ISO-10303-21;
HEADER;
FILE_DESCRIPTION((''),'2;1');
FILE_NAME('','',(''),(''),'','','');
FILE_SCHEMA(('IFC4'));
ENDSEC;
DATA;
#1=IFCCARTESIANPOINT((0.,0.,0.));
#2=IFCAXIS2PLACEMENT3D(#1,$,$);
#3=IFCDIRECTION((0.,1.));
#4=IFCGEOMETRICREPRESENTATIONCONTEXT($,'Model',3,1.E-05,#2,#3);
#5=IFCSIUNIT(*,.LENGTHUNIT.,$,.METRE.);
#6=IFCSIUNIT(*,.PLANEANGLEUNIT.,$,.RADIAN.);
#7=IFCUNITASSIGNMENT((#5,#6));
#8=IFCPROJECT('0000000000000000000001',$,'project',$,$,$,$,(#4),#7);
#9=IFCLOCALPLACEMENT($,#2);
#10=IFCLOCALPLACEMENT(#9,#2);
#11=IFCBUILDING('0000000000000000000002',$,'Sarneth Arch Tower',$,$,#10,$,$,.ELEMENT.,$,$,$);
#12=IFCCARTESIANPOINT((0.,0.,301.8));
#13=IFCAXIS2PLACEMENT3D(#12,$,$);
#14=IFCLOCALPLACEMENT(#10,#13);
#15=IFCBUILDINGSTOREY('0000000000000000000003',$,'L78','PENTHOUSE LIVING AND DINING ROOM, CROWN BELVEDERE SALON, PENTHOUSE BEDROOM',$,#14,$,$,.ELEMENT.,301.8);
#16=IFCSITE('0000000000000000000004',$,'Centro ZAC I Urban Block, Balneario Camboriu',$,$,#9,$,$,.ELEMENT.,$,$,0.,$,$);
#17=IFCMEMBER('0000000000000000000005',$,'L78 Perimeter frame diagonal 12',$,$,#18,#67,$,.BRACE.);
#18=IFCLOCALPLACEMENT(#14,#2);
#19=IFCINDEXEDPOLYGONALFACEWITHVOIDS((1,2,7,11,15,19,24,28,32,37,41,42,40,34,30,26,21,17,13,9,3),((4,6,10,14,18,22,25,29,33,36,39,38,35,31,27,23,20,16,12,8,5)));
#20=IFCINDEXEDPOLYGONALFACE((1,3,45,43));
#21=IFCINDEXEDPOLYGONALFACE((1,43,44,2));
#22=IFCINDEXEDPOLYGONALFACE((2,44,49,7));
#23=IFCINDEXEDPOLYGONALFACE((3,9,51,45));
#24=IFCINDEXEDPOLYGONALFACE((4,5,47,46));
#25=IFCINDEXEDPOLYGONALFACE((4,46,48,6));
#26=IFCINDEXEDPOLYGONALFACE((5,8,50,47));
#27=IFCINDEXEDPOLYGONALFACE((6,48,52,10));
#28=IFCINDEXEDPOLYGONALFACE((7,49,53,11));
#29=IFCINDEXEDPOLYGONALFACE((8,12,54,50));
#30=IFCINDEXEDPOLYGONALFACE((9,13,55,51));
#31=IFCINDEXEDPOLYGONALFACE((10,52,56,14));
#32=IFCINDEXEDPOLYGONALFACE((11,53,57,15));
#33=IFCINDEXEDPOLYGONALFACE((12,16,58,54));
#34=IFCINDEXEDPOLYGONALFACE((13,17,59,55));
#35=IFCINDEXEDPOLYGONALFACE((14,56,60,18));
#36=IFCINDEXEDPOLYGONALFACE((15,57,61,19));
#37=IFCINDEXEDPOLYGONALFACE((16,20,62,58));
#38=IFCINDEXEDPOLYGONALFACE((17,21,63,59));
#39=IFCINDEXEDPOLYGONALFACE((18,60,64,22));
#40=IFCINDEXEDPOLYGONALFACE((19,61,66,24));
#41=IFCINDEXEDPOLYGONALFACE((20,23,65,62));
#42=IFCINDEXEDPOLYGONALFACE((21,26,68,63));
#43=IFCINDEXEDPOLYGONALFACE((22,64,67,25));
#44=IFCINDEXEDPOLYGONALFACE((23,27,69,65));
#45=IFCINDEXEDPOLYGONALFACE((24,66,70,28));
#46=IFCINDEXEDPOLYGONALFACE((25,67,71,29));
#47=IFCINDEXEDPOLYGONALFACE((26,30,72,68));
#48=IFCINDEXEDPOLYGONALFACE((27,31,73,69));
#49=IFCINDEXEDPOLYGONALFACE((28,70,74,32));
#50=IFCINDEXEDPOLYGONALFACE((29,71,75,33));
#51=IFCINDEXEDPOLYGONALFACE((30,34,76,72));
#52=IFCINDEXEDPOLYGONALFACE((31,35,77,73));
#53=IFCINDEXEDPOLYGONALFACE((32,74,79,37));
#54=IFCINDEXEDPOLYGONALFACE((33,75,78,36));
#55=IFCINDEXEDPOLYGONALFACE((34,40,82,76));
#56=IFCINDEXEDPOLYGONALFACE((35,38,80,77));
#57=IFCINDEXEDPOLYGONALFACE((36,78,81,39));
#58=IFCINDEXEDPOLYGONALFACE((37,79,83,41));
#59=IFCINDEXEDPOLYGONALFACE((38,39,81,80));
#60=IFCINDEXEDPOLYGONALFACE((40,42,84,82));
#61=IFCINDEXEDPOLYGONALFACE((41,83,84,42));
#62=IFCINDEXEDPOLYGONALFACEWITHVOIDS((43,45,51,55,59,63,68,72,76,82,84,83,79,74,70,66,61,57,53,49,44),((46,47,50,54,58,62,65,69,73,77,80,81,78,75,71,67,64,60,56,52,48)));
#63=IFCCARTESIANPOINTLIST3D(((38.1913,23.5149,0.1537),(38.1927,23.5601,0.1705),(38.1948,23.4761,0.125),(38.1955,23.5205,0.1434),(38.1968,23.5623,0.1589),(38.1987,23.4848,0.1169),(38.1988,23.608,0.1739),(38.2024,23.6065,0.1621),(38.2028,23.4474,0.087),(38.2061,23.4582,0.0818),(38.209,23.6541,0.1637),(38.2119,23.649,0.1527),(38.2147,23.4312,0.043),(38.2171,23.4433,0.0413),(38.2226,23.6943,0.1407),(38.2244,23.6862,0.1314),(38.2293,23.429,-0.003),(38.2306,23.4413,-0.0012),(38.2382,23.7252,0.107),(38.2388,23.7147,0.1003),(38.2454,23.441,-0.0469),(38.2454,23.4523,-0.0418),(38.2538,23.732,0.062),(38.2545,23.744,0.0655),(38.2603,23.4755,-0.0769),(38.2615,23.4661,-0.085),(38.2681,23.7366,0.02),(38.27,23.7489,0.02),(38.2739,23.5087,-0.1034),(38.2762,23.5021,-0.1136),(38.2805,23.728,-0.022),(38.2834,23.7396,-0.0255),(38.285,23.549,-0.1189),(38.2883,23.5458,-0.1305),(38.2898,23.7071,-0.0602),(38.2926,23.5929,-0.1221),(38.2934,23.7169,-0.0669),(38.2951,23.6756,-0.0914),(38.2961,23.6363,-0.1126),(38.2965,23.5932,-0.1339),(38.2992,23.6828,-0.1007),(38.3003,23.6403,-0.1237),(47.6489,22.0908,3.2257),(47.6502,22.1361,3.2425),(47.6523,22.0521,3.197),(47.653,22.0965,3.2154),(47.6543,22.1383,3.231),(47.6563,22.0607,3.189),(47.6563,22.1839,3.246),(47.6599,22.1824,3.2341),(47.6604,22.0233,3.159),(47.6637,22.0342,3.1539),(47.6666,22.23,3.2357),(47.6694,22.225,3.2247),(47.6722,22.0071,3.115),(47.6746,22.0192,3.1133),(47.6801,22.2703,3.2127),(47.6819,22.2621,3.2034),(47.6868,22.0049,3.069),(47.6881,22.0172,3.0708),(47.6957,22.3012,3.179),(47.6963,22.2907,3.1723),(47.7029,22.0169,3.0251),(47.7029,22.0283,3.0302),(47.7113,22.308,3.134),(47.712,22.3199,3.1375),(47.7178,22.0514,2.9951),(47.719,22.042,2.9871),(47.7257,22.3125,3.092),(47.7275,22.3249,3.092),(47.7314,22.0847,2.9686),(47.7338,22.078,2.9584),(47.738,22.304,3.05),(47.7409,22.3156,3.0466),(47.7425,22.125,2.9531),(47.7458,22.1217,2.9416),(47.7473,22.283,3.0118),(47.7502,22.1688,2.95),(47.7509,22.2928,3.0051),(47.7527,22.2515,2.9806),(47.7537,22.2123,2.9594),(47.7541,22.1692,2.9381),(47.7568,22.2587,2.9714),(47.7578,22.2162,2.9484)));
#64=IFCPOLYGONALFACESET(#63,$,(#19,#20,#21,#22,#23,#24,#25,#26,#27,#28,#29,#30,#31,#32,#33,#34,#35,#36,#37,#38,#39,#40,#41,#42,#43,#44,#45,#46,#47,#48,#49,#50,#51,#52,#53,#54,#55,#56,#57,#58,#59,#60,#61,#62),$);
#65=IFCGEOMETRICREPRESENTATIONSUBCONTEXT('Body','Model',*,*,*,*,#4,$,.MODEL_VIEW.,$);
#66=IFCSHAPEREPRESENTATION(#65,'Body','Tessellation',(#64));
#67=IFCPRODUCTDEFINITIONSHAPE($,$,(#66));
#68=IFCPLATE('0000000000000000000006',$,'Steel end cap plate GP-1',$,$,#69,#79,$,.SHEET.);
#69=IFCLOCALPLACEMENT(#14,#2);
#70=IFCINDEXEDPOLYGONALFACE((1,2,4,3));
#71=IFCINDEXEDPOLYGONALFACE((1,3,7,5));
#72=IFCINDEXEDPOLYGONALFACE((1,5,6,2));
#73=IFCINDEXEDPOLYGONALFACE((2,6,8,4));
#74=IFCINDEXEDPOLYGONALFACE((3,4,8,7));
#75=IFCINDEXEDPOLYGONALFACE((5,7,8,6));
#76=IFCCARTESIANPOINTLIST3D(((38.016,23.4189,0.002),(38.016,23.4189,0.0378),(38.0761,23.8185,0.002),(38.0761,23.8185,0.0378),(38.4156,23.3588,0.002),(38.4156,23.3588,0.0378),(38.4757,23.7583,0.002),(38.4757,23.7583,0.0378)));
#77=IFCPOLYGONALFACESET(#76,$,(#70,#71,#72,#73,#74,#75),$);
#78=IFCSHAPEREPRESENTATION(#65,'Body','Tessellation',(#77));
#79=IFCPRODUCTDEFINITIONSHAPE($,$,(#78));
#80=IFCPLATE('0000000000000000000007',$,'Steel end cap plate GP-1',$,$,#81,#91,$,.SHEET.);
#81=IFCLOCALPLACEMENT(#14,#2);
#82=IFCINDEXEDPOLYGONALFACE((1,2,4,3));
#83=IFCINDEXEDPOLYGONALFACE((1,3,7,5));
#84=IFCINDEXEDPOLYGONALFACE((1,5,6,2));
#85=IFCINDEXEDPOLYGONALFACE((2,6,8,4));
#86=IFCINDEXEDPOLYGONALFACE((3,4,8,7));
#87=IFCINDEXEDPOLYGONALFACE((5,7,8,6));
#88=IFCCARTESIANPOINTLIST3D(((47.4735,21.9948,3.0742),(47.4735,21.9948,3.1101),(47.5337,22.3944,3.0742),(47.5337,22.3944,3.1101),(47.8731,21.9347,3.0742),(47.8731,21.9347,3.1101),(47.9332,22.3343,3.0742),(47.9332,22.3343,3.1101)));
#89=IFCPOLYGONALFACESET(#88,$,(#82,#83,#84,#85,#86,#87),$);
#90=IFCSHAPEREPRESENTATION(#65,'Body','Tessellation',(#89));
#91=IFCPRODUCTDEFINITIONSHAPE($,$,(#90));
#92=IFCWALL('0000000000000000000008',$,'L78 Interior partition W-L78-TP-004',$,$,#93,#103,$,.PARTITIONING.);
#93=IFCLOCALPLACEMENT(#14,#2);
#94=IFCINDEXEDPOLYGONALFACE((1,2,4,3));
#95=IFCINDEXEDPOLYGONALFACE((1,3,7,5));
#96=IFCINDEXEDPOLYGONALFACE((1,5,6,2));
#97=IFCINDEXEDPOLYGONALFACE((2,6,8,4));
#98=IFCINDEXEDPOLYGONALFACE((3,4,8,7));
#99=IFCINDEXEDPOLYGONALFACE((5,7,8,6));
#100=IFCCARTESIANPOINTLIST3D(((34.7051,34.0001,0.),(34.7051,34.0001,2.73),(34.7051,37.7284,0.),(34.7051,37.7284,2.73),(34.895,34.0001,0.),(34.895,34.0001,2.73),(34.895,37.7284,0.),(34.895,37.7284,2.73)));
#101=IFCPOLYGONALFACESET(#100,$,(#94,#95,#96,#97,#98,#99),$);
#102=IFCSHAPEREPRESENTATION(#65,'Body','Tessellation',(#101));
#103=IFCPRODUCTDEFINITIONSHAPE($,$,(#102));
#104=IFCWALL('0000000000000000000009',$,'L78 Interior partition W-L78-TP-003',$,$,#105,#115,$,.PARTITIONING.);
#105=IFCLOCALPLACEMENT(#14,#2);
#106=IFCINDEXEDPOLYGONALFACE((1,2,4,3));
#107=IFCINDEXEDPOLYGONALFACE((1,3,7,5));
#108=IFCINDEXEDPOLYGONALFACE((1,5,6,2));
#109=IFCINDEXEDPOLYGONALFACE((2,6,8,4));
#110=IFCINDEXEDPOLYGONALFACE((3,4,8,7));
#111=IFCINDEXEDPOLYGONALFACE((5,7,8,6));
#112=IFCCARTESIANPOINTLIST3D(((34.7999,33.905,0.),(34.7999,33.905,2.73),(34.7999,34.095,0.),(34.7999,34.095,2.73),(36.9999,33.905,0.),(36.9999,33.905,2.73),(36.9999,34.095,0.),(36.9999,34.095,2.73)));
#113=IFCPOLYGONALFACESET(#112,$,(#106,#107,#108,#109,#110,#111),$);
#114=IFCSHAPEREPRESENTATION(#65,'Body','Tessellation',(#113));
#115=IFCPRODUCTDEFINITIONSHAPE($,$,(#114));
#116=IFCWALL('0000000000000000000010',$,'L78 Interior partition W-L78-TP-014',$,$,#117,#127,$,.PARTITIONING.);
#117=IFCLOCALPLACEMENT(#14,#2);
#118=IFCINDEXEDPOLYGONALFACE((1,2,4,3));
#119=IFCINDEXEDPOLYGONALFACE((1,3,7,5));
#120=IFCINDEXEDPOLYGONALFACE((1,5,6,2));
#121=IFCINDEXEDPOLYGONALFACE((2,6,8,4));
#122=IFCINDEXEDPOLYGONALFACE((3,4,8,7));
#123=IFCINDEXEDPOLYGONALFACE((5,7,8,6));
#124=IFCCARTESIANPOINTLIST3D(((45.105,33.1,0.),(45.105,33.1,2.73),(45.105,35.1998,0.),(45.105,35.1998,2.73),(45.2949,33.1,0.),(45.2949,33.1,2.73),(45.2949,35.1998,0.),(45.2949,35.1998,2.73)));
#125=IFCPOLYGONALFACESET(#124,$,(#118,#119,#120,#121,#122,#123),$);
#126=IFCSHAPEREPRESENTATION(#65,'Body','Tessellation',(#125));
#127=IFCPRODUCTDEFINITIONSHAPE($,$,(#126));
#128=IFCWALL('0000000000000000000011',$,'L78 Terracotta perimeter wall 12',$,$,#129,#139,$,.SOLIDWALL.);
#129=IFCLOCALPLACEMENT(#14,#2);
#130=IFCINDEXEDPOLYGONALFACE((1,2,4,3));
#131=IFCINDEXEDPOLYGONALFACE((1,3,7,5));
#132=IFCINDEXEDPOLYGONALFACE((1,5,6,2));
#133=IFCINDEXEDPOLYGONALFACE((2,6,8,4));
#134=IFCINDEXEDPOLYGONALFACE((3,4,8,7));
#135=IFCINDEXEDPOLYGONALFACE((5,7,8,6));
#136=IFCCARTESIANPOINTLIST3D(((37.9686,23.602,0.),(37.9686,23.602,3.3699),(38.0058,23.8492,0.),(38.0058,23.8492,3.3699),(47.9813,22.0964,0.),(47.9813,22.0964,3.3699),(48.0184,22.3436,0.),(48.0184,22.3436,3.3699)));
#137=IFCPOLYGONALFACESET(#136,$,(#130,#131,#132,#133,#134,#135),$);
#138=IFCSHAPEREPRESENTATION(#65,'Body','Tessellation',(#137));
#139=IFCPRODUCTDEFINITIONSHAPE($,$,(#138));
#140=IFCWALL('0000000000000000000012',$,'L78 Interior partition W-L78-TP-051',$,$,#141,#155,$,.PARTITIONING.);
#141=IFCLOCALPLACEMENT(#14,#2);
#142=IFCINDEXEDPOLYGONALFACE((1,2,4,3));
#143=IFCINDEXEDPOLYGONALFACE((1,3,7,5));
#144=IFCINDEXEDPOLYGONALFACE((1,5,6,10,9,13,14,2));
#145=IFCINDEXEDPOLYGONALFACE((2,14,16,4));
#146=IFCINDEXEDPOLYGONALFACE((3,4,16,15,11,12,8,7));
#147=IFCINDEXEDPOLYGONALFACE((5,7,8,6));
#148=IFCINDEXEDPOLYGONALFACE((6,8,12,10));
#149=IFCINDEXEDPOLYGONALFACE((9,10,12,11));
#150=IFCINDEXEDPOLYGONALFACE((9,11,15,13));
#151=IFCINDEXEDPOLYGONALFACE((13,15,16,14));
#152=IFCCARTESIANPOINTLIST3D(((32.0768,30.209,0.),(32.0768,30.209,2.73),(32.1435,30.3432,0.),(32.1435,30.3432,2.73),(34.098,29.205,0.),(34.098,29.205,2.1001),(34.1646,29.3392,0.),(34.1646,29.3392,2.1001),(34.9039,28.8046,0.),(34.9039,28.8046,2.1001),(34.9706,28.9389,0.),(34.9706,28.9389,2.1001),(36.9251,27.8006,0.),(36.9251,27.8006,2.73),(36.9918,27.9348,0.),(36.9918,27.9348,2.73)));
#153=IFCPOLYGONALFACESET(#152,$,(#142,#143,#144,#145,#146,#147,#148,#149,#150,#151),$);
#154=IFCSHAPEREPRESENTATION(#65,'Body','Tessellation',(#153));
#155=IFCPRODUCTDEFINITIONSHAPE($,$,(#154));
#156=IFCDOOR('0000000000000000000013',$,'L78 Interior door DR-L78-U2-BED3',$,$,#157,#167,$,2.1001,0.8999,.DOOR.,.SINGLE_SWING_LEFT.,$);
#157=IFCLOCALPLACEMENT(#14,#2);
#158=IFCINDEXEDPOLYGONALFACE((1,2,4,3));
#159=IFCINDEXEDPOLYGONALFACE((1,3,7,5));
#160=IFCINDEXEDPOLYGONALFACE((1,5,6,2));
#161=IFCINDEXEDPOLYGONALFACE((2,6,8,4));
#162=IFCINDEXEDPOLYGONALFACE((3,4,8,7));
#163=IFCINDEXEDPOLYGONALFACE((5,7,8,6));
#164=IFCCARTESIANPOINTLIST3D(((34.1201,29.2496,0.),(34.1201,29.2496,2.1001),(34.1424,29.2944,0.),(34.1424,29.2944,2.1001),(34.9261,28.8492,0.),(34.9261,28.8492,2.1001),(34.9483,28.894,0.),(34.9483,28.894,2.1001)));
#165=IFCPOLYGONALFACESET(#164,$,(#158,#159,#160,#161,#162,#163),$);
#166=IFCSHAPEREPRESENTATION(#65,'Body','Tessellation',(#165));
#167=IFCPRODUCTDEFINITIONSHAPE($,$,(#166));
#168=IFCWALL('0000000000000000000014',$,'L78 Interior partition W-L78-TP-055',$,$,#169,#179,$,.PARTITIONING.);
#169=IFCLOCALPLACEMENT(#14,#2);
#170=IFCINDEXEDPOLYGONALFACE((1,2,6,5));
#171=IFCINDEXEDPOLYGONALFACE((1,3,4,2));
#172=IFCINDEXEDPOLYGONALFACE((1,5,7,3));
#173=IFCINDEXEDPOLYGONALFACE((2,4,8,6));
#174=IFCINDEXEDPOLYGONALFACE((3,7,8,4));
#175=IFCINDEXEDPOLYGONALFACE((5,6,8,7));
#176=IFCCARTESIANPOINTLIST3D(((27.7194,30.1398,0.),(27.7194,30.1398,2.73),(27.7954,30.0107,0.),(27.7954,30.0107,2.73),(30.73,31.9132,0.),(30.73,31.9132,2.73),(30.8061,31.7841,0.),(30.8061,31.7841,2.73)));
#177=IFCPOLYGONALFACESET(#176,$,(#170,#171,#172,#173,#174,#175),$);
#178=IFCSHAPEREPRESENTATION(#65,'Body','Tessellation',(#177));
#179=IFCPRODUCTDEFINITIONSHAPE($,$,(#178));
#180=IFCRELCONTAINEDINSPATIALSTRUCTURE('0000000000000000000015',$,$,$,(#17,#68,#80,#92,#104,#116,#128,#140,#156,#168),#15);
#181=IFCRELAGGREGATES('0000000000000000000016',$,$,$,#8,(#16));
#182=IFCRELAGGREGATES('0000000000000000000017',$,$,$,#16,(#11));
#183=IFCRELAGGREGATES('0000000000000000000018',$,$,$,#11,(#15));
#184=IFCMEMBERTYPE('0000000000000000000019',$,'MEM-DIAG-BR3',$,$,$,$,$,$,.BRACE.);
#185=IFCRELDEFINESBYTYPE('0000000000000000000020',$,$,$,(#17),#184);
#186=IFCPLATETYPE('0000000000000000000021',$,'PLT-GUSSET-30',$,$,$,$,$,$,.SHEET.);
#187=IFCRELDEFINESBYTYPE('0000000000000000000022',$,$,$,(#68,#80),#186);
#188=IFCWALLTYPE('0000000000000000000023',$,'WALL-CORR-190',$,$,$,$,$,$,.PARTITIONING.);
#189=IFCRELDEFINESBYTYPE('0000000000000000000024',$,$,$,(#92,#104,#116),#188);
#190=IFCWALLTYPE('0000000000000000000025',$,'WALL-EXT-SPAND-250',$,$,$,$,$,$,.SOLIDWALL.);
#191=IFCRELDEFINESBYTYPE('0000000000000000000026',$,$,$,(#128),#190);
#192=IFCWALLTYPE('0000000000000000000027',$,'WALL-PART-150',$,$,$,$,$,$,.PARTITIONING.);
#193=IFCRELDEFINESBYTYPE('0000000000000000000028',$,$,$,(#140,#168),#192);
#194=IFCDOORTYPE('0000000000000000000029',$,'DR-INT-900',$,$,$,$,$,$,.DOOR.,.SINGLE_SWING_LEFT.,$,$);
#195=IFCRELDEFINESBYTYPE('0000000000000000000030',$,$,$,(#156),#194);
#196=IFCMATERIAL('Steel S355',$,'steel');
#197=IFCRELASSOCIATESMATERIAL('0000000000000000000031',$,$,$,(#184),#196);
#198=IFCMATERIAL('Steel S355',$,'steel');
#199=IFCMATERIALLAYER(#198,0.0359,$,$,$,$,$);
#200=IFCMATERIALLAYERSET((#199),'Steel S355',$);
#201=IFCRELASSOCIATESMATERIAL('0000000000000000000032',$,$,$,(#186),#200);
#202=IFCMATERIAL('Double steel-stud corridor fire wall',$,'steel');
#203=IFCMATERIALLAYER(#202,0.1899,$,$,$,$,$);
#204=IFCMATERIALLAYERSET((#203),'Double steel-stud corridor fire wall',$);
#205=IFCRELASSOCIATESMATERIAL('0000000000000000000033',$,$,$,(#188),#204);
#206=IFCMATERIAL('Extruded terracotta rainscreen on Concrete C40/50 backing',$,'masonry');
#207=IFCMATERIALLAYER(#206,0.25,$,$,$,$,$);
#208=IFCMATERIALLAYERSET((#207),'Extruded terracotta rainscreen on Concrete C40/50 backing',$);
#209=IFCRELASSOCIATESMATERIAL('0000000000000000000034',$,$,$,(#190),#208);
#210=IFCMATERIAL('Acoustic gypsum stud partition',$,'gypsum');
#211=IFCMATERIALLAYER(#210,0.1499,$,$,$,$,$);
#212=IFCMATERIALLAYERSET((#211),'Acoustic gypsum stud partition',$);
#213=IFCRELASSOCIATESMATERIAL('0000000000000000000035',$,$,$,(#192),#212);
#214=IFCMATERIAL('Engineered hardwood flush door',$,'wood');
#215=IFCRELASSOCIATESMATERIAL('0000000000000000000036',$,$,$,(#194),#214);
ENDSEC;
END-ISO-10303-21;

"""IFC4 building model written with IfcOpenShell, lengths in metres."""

from ifc_helpers import new_model, si_unit, direction, frame, frame_2d, origin, origin_2d, place, context, subcontext, project, spatial, rectangle, hollow_circle, extrude, material, layer, layer_set, material_profile, profile_set, type_object, element, fill, save


model = new_model("IFC4")

# Units and contexts
model_context = context("Model", 3, precision=1e-05, world=origin(), true_north=direction((0.0, 1.0)))
body_context = subcontext(model_context, "Body", "Model", "MODEL_VIEW")
ifc_project = project(units=[si_unit("LENGTHUNIT", "METRE"), si_unit("PLANEANGLEUNIT", "RADIAN")], contexts=[model_context])

# Site, building, storey
site_placement = place(None, origin())
site = spatial("IfcSite", under=ifc_project, at=site_placement, Name="Centro ZAC I Urban Block, Balneario Camboriu", CompositionType="ELEMENT", RefElevation=0.0)
building_placement = place(site_placement, origin())
building = spatial("IfcBuilding", under=site, at=building_placement, Name="Sarneth Arch Tower", CompositionType="ELEMENT")
storey_placement = place(building_placement, frame((0.0, 0.0, 301.8)))
storey = spatial("IfcBuildingStorey", under=building, at=storey_placement, Name="L78", Description="PENTHOUSE LIVING AND DINING ROOM, CROWN BELVEDERE SALON, PENTHOUSE BEDROOM", CompositionType="ELEMENT", Elevation=301.8)

# Member
ifc_material_1 = material(Name="Steel S355", Category="steel")
ifc_material_profile_1 = material_profile(ifc_material_1, hollow_circle(Radius=0.1621, WallThickness=0.0125, at=origin_2d()), Name="CHS324x12.5")
ifc_profile_set_1 = profile_set([ifc_material_profile_1], Name="Steel S355")
member_type_1 = type_object("IfcMemberType", Name="MEM-DIAG-BR3", PredefinedType="BRACE", material=ifc_profile_set_1)
member_1_placement = place(storey_placement, frame((38.2458, 23.5886, 0.02), z_axis=(0.941478, -0.141764, 0.305814), x_axis=(0.148897, 0.988853, 0.0)))
element("IfcMember", 1, at=member_1_placement, inside=storey, type_object=member_type_1, Name="L78 Perimeter frame diagonal 12", PredefinedType="BRACE", context=body_context, shape_type="SweptSolid", body=[
    extrude(hollow_circle(Radius=0.1621, WallThickness=0.0125, at=origin_2d()), origin(), (0.0, 0.0, 1.0), 10.0454),
])

# Plates
ifc_material_2 = material(Name="Steel S355", Category="steel")
ifc_layer_1 = layer(ifc_material_2, 0.0359)
ifc_layer_set_1 = layer_set([ifc_layer_1], Name="Steel S355")
plate_type = type_object("IfcPlateType", Name="PLT-GUSSET-30", PredefinedType="SHEET", material=ifc_layer_set_1)
for number, where, z_axis, x_axis, name in (
    (2, (38.2458, 23.5886, 0.002), (0.0, 0.0, 1.0), (0.988861, -0.148845, 0.0), "Steel end cap plate GP-1"),
    (3, (47.7034, 22.1646, 3.0742), (0.0, 0.0, 1.0), (0.988861, -0.148845, 0.0), "Steel end cap plate GP-1"),
):
    element("IfcPlate", number, at=place(storey_placement, frame(where, z_axis=z_axis, x_axis=x_axis)), inside=storey, type_object=plate_type, Name=name, PredefinedType="SHEET", context=body_context, shape_type="SweptSolid", body=[
        extrude(rectangle(XDim=0.4041, YDim=0.4041, at=origin_2d()), origin(), (0.0, 0.0, 1.0), 0.0359),
    ])

# Walls
ifc_material_3 = material(Name="Double steel-stud corridor fire wall", Category="steel")
ifc_layer_2 = layer(ifc_material_3, 0.1899)
ifc_layer_set_2 = layer_set([ifc_layer_2], Name="Double steel-stud corridor fire wall")
wall_type_1 = type_object("IfcWallType", Name="WALL-CORR-190", PredefinedType="PARTITIONING", material=ifc_layer_set_2)
wall_1_placement = place(storey_placement, frame((34.8, 34.0, 0.0), z_axis=(0.0, 0.0, 1.0), x_axis=(0.0, 1.0, 0.0)))
element("IfcWall", 4, at=wall_1_placement, inside=storey, type_object=wall_type_1, Name="L78 Interior partition W-L78-TP-004", PredefinedType="PARTITIONING", context=body_context, shape_type="SweptSolid", body=[
    extrude(rectangle(XDim=3.7283, YDim=0.1899, at=frame_2d((1.8643, 0.0))), origin(), (0.0, 0.0, 1.0), 2.73),
])
wall_2_placement = place(storey_placement, frame((37.0, 34.0, 0.0), z_axis=(0.0, 0.0, 1.0), x_axis=(-1.0, 0.0, 0.0)))
element("IfcWall", 5, at=wall_2_placement, inside=storey, type_object=wall_type_1, Name="L78 Interior partition W-L78-TP-003", PredefinedType="PARTITIONING", context=body_context, shape_type="SweptSolid", body=[
    extrude(rectangle(XDim=2.2, YDim=0.1899, at=frame_2d((1.1001, 0.0))), origin(), (0.0, 0.0, 1.0), 2.73),
])
wall_3_placement = place(storey_placement, frame((45.2, 33.1001, 0.0), z_axis=(0.0, 0.0, 1.0), x_axis=(0.0, 1.0, 0.0)))
element("IfcWall", 6, at=wall_3_placement, inside=storey, type_object=wall_type_1, Name="L78 Interior partition W-L78-TP-014", PredefinedType="PARTITIONING", context=body_context, shape_type="SweptSolid", body=[
    extrude(rectangle(XDim=2.0999, YDim=0.1899, at=frame_2d((1.0498, 0.0))), origin(), (0.0, 0.0, 1.0), 2.73),
])
ifc_material_4 = material(Name="Extruded terracotta rainscreen on Concrete C40/50 backing", Category="masonry")
ifc_layer_3 = layer(ifc_material_4, 0.25)
ifc_layer_set_3 = layer_set([ifc_layer_3], Name="Extruded terracotta rainscreen on Concrete C40/50 backing")
wall_type_2 = type_object("IfcWallType", Name="WALL-EXT-SPAND-250", PredefinedType="SOLIDWALL", material=ifc_layer_set_3)
wall_4_placement = place(storey_placement, frame((37.9873, 23.7256, 0.0), z_axis=(0.0, 0.0, 1.0), x_axis=(0.988883, -0.148699, 0.0)))
element("IfcWall", 7, at=wall_4_placement, inside=storey, type_object=wall_type_2, Name="L78 Terracotta perimeter wall 12", PredefinedType="SOLIDWALL", context=body_context, shape_type="SweptSolid", body=[
    extrude(rectangle(XDim=10.1252, YDim=0.25, at=frame_2d((5.0625, 0.0))), origin(), (0.0, 0.0, 1.0), 3.3699),
])

# Wall, opening, door
ifc_material_5 = material(Name="Acoustic gypsum stud partition", Category="gypsum")
ifc_layer_4 = layer(ifc_material_5, 0.1499)
ifc_layer_set_4 = layer_set([ifc_layer_4], Name="Acoustic gypsum stud partition")
wall_type_3 = type_object("IfcWallType", Name="WALL-PART-150", PredefinedType="PARTITIONING", material=ifc_layer_set_4)
wall_5_placement = place(storey_placement, frame((32.1101, 30.2761, 0.0), z_axis=(0.0, 0.0, 1.0), x_axis=(0.895588, -0.444885, 0.0)))
wall_5 = element("IfcWall", 8, at=wall_5_placement, inside=storey, type_object=wall_type_3, Name="L78 Interior partition W-L78-TP-051", PredefinedType="PARTITIONING", context=body_context, shape_type="SweptSolid", body=[
    extrude(rectangle(XDim=5.4136, YDim=0.1499, at=frame_2d((2.7068, 0.0))), origin(), (0.0, 0.0, 1.0), 2.73),
])
opening_placement = place(wall_5_placement, frame((2.2568, 0.0, 0.0)))
opening = element("IfcOpeningElement", 9, at=opening_placement, cuts=wall_5, PredefinedType="OPENING", context=body_context, shape_type="SweptSolid", body=[
    extrude(rectangle(XDim=0.8999, YDim=2.1001, at=frame_2d((0.45, 1.05))), frame((0.0, 0.085, 0.0), z_axis=(0.0, -1.0, 0.0), x_axis=(1.0, 0.0, 0.0)), (0.0, 0.0, 1.0), 0.1699),
])
ifc_material_6 = material(Name="Engineered hardwood flush door", Category="wood")
door_type = type_object("IfcDoorType", Name="DR-INT-900", OperationType="SINGLE_SWING_LEFT", PredefinedType="DOOR", material=ifc_material_6)
door_placement = place(opening_placement, origin())
door = element("IfcDoor", 10, at=door_placement, inside=storey, type_object=door_type, Name="L78 Interior door DR-L78-U2-BED3", OperationType="SINGLE_SWING_LEFT", OverallHeight=2.1001, OverallWidth=0.8999, PredefinedType="DOOR", context=body_context, shape_type="SweptSolid", body=[
    extrude(rectangle(XDim=0.8999, YDim=2.1001, at=frame_2d((0.45, 1.05))), frame((0.0, 0.0249, 0.0), z_axis=(0.0, -1.0, 0.0), x_axis=(1.0, 0.0, 0.0)), (0.0, 0.0, 1.0), 0.05),
])
fill(opening, door)

# Wall
wall_6_placement = place(storey_placement, frame((30.7681, 31.8486, 0.0), z_axis=(0.0, 0.0, 1.0), x_axis=(-0.861632, -0.507533, 0.0)))
element("IfcWall", 11, at=wall_6_placement, inside=storey, type_object=wall_type_3, Name="L78 Interior partition W-L78-TP-055", PredefinedType="PARTITIONING", context=body_context, shape_type="SweptSolid", body=[
    extrude(rectangle(XDim=3.4941, YDim=0.1499, at=frame_2d((1.7471, 0.0))), origin(), (0.0, 0.0, 1.0), 2.73),
])

save(model, "model.ifc")
